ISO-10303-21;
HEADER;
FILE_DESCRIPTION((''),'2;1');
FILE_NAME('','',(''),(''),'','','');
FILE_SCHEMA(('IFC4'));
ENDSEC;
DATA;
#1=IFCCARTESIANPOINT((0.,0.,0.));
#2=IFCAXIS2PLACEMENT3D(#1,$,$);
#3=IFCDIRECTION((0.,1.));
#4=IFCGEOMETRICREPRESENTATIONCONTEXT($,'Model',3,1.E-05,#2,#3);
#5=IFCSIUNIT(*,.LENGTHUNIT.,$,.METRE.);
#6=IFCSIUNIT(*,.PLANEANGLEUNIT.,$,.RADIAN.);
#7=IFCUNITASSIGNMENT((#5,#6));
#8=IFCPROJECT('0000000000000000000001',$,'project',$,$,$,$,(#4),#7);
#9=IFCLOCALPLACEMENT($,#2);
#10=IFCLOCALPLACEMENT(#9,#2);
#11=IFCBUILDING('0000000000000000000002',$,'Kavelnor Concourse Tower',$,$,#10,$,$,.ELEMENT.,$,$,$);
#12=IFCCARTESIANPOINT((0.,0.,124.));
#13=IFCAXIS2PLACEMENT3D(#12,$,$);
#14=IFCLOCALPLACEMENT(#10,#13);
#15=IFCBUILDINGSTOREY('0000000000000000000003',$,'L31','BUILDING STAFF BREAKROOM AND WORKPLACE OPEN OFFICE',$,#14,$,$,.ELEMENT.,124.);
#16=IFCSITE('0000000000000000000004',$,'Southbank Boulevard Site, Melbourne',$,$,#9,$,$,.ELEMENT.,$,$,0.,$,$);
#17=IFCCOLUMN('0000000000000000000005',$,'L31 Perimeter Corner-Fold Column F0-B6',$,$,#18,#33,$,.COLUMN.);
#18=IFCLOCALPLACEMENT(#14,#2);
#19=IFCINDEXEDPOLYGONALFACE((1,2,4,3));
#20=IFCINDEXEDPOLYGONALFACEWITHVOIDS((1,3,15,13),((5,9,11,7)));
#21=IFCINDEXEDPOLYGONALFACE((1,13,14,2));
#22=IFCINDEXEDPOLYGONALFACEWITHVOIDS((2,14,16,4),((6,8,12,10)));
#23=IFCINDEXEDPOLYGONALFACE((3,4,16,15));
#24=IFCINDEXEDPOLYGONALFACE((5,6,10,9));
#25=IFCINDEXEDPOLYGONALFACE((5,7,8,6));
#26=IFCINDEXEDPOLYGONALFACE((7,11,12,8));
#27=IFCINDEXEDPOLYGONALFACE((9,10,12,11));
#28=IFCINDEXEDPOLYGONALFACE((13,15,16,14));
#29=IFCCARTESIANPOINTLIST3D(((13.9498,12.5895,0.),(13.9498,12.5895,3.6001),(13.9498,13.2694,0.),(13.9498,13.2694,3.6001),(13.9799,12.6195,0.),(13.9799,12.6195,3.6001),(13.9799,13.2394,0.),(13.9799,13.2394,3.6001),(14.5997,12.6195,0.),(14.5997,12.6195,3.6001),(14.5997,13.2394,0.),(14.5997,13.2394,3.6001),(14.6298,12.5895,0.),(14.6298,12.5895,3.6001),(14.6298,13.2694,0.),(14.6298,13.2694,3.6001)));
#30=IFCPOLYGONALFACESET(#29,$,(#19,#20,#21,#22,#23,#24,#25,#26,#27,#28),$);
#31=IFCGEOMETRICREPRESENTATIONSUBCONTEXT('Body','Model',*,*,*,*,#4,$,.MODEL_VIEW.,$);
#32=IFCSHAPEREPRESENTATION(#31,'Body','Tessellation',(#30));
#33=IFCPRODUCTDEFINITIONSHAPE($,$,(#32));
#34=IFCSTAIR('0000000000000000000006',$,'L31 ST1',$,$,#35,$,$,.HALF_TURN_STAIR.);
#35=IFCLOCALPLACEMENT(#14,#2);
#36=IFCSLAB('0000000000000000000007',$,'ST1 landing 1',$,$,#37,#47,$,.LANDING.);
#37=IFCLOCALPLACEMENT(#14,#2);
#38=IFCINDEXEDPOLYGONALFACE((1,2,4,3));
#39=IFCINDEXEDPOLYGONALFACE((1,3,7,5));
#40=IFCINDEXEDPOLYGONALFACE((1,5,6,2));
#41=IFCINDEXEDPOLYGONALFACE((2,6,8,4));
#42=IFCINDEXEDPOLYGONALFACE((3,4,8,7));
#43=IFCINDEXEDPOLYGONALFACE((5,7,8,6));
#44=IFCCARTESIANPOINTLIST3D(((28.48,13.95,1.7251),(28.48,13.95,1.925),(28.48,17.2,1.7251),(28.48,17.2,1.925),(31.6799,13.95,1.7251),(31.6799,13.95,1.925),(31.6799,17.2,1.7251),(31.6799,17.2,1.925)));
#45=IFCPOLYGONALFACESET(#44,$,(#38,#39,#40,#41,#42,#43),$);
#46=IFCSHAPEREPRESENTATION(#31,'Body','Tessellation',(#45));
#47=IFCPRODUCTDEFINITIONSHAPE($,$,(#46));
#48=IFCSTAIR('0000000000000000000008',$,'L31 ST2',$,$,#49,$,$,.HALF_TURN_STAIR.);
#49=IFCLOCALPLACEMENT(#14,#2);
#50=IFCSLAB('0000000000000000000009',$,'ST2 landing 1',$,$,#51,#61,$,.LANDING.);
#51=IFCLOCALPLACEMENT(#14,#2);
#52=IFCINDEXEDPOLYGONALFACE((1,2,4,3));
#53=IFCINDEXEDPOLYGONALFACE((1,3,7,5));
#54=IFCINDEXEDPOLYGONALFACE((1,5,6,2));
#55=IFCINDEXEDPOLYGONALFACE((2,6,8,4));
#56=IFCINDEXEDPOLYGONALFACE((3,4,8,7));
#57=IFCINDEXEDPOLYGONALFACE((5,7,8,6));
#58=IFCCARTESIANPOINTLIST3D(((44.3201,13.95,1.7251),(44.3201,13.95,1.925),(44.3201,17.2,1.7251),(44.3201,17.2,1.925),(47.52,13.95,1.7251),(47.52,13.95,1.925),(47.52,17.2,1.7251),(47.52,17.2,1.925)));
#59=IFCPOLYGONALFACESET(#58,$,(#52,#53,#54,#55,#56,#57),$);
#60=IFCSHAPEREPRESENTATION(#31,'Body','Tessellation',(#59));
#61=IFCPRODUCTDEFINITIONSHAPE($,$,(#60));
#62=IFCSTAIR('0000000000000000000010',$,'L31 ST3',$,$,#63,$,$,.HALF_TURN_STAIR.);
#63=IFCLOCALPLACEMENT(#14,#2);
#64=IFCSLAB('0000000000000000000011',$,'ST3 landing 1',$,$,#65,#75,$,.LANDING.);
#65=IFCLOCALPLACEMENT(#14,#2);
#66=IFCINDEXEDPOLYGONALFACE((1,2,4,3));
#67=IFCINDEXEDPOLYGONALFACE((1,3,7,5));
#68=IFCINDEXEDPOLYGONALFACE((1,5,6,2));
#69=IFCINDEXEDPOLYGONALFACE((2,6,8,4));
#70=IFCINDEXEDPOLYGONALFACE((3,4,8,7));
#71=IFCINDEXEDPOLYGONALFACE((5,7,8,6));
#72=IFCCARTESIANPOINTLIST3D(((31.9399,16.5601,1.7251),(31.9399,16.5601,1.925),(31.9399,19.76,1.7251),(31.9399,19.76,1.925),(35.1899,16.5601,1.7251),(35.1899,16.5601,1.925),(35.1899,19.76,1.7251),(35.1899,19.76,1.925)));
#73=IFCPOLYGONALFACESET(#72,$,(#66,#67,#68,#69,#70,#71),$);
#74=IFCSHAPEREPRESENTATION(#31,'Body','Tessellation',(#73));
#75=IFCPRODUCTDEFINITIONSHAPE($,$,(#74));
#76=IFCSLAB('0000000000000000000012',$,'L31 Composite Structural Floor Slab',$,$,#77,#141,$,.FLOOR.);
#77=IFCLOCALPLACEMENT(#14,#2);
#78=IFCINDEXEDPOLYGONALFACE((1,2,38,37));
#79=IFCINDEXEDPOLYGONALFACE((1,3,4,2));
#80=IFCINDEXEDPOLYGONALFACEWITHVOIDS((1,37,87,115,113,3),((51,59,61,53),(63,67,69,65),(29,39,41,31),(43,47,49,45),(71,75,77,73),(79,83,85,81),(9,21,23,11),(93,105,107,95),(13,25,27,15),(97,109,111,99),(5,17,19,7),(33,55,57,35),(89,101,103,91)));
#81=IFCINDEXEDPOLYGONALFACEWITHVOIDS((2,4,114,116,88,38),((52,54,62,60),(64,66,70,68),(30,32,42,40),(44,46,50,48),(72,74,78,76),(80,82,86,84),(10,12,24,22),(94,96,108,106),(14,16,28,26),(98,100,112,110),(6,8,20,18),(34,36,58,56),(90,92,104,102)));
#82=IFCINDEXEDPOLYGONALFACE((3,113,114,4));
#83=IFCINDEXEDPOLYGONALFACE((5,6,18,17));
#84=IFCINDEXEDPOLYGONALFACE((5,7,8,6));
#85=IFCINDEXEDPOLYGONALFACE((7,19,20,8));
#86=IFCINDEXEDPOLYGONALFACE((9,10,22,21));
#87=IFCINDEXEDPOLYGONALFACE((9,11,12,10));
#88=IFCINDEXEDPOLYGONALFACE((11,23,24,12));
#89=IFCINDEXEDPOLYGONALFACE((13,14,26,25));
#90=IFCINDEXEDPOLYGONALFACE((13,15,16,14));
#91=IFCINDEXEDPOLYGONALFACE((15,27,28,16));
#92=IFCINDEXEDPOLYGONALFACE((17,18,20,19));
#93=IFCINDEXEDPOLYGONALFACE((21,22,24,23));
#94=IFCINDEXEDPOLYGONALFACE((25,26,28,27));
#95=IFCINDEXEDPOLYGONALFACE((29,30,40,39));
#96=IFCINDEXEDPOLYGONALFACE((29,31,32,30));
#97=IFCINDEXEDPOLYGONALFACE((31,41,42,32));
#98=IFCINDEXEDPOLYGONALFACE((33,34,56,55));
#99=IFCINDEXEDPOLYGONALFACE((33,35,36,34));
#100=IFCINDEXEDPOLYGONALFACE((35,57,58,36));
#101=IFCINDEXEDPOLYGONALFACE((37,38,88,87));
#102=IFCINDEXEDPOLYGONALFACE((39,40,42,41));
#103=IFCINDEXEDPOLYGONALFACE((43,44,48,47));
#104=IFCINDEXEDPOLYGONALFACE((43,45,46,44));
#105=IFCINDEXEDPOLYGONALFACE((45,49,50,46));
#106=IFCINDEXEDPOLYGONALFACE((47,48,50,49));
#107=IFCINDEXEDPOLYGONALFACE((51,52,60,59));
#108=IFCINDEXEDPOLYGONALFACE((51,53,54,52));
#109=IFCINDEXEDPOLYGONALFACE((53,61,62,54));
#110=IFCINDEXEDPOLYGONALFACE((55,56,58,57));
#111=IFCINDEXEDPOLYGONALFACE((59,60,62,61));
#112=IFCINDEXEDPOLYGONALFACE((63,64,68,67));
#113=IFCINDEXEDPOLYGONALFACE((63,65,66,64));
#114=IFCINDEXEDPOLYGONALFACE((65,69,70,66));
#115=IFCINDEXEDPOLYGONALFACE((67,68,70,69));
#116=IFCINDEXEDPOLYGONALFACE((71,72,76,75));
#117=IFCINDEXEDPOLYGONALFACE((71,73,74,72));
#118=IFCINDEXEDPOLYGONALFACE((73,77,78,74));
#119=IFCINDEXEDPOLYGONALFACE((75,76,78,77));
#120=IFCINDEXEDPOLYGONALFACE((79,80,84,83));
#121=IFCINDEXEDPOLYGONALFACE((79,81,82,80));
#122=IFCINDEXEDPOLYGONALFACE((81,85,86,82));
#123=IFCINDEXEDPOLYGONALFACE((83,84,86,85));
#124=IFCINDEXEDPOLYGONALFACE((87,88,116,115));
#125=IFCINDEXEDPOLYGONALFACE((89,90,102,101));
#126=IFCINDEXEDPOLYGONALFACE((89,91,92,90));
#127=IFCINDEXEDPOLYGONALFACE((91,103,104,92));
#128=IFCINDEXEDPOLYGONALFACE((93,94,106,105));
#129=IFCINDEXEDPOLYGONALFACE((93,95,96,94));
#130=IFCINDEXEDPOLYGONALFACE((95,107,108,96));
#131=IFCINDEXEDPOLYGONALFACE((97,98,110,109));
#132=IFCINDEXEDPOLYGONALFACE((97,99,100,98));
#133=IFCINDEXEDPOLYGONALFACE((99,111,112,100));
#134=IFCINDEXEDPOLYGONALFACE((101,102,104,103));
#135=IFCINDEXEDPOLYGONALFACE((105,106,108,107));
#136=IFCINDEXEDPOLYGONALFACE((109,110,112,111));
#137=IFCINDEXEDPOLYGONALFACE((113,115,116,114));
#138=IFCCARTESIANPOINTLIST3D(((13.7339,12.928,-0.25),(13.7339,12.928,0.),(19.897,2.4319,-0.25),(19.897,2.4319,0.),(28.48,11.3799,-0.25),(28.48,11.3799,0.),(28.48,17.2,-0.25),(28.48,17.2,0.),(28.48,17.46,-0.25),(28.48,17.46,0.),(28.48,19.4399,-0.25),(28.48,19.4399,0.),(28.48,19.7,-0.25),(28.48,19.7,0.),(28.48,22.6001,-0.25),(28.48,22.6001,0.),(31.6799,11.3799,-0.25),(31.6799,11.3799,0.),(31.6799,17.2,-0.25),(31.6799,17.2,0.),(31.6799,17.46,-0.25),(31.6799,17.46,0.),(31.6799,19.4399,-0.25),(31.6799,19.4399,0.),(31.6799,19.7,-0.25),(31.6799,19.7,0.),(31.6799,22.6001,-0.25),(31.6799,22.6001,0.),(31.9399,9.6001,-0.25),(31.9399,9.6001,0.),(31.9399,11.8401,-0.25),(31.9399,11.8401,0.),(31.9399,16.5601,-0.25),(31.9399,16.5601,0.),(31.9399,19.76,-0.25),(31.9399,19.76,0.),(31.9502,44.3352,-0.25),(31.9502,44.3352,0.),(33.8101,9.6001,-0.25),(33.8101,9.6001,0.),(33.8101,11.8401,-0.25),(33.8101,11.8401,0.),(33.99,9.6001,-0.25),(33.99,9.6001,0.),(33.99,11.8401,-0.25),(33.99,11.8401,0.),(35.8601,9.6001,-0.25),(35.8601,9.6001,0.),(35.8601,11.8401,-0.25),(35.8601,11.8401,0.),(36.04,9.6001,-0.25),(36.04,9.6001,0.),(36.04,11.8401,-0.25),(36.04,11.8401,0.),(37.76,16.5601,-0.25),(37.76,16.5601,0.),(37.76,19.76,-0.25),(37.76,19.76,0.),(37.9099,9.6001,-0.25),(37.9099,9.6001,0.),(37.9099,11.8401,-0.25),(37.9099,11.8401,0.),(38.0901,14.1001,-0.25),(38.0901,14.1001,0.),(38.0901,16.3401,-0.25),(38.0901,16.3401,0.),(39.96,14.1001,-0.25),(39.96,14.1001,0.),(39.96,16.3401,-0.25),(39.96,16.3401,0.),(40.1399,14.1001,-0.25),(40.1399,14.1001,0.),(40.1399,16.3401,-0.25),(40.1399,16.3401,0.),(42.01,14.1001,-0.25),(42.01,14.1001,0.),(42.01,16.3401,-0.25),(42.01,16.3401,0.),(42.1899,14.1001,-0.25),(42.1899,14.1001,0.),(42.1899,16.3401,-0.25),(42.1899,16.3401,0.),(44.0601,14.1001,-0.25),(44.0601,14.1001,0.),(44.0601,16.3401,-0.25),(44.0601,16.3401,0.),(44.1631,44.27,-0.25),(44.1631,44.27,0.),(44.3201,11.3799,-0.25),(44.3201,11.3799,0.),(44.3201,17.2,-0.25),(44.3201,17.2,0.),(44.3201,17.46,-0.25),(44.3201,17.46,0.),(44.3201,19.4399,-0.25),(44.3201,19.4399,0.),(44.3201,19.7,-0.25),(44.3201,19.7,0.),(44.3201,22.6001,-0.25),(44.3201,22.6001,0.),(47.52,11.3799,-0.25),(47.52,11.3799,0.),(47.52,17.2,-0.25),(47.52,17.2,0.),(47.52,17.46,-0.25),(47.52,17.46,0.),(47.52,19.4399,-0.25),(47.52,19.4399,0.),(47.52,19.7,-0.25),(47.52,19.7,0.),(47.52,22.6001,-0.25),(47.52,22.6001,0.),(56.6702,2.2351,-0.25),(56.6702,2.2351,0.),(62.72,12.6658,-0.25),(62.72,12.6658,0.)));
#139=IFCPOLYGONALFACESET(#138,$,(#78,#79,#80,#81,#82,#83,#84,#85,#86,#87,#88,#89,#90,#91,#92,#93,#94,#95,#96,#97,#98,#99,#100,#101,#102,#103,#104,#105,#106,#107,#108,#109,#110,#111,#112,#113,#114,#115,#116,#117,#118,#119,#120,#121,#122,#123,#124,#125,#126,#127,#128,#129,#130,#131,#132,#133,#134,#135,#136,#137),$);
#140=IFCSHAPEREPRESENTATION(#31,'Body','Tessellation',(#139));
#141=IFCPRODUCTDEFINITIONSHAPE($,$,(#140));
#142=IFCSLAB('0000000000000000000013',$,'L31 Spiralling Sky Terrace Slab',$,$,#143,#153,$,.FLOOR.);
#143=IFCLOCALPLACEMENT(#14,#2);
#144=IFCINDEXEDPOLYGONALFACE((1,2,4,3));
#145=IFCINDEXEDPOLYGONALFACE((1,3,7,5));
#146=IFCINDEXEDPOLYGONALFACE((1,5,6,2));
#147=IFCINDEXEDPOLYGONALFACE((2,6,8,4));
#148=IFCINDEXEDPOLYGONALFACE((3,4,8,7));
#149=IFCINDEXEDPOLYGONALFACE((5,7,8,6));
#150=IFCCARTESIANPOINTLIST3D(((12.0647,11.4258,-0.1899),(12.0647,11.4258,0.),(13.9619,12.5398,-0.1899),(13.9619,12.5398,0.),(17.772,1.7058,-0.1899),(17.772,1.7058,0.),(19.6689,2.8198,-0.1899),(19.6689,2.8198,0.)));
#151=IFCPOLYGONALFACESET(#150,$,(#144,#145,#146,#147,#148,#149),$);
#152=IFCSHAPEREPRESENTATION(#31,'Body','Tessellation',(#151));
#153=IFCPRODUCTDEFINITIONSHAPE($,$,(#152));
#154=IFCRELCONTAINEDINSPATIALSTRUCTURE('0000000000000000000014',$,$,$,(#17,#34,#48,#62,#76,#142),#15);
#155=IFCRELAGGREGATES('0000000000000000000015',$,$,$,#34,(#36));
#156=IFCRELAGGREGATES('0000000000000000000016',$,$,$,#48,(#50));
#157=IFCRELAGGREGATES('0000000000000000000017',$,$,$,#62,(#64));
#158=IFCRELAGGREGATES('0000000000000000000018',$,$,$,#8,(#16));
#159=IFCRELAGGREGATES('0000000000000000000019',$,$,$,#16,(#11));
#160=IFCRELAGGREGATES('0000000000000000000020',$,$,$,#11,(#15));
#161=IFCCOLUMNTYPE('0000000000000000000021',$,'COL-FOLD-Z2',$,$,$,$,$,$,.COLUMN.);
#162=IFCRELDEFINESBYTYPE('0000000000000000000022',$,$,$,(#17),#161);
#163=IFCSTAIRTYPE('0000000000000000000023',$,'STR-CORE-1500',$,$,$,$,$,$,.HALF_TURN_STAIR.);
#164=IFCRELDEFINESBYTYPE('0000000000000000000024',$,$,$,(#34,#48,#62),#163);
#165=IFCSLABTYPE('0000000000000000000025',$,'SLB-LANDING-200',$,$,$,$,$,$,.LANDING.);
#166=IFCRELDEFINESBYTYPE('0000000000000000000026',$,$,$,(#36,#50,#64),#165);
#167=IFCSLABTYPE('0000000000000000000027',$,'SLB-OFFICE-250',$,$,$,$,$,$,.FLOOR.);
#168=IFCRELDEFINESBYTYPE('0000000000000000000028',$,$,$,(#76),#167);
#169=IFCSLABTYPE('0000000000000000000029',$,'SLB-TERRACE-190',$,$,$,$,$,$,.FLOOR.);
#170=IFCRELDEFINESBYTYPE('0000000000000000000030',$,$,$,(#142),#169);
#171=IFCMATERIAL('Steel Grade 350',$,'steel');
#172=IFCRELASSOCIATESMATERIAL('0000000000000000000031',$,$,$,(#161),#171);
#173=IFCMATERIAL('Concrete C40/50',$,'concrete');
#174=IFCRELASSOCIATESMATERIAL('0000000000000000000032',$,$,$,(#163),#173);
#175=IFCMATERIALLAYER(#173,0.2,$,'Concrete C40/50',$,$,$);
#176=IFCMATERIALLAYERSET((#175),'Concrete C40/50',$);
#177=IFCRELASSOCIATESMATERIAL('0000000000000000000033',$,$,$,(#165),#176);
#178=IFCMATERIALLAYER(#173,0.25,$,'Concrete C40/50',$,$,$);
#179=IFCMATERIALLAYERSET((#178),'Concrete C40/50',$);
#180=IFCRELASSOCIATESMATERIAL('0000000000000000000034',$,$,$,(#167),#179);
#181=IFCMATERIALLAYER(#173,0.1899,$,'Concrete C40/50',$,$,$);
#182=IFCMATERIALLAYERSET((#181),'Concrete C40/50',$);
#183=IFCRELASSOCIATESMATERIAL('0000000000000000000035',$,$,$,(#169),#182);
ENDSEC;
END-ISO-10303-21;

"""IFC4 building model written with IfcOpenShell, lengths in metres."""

from ifc_helpers import new_model, si_unit, direction, frame, origin, origin_2d, place, context, subcontext, project, spatial, polyline, hollow_rectangle, outline, extrude, material, layer, layer_set, material_profile, profile_set, type_object, element, aggregate, save


model = new_model("IFC4")

# Units and contexts
model_context = context("Model", 3, precision=1e-05, world=origin(), true_north=direction((0.0, 1.0)))
body_context = subcontext(model_context, "Body", "Model", "MODEL_VIEW")
ifc_project = project(units=[si_unit("LENGTHUNIT", "METRE"), si_unit("PLANEANGLEUNIT", "RADIAN")], contexts=[model_context])

# Site, building, storey
site_placement = place(None, origin())
site = spatial("IfcSite", under=ifc_project, at=site_placement, Name="Southbank Boulevard Site, Melbourne", CompositionType="ELEMENT", RefElevation=0.0)
building_placement = place(site_placement, origin())
building = spatial("IfcBuilding", under=site, at=building_placement, Name="Kavelnor Concourse Tower", CompositionType="ELEMENT")
storey_placement = place(building_placement, frame((0.0, 0.0, 124.0)))
storey = spatial("IfcBuildingStorey", under=building, at=storey_placement, Name="L31", Description="BUILDING STAFF BREAKROOM AND WORKPLACE OPEN OFFICE", CompositionType="ELEMENT", Elevation=124.0)

# Column
ifc_material_1 = material(Name="Steel Grade 350", Category="steel")
ifc_material_profile = material_profile(ifc_material_1, hollow_rectangle(XDim=0.6799, YDim=0.6799, WallThickness=0.03, at=origin_2d()), Name="SHS 680x680x30")
ifc_profile_set = profile_set([ifc_material_profile], Name="Steel Grade 350")
column_type = type_object("IfcColumnType", Name="COL-FOLD-Z2", PredefinedType="COLUMN", material=ifc_profile_set)
column_placement = place(storey_placement, frame((14.2898, 12.9294, 0.0), z_axis=(0.0, 0.0, 1.0), x_axis=(1.0, 0.0, 0.0)))
element("IfcColumn", 1, at=column_placement, inside=storey, type_object=column_type, Name="L31 Perimeter Corner-Fold Column F0-B6", PredefinedType="COLUMN", context=body_context, shape_type="SweptSolid", body=[
    extrude(hollow_rectangle(XDim=0.6799, YDim=0.6799, WallThickness=0.03, at=origin_2d()), origin(), (0.0, 0.0, 1.0), 3.6001),
])

# Stairs, slabs
ifc_material_2 = material(Name="Concrete C40/50", Category="concrete")
stair_type = type_object("IfcStairType", Name="STR-CORE-1500", PredefinedType="HALF_TURN_STAIR", material=ifc_material_2)
stair_1_placement = place(storey_placement, origin())
stair_1 = element("IfcStair", 2, at=stair_1_placement, inside=storey, type_object=stair_type, Name="L31 ST1", PredefinedType="HALF_TURN_STAIR")
ifc_layer_1 = layer(ifc_material_2, 0.2, Name="Concrete C40/50")
ifc_layer_set_1 = layer_set([ifc_layer_1], Name="Concrete C40/50")
slab_type_1 = type_object("IfcSlabType", Name="SLB-LANDING-200", PredefinedType="LANDING", material=ifc_layer_set_1)
slab_1_placement = place(storey_placement, frame((0.0, 0.0, 1.7251)))
slab_1 = element("IfcSlab", 3, at=slab_1_placement, type_object=slab_type_1, Name="ST1 landing 1", PredefinedType="LANDING", context=body_context, shape_type="SweptSolid", body=[
    extrude(outline(polyline([(31.6799, 13.95), (31.6799, 17.2), (28.48, 17.2), (28.48, 13.95), (31.6799, 13.95)])), origin(), (0.0, 0.0, 1.0), 0.2),
])
aggregate(stair_1, [slab_1])
stair_2_placement = place(storey_placement, origin())
stair_2 = element("IfcStair", 4, at=stair_2_placement, inside=storey, type_object=stair_type, Name="L31 ST2", PredefinedType="HALF_TURN_STAIR")
slab_2_placement = place(storey_placement, frame((0.0, 0.0, 1.7251)))
slab_2 = element("IfcSlab", 5, at=slab_2_placement, type_object=slab_type_1, Name="ST2 landing 1", PredefinedType="LANDING", context=body_context, shape_type="SweptSolid", body=[
    extrude(outline(polyline([(47.52, 13.95), (47.52, 17.2), (44.3201, 17.2), (44.3201, 13.95), (47.52, 13.95)])), origin(), (0.0, 0.0, 1.0), 0.2),
])
aggregate(stair_2, [slab_2])
stair_3_placement = place(storey_placement, origin())
stair_3 = element("IfcStair", 6, at=stair_3_placement, inside=storey, type_object=stair_type, Name="L31 ST3", PredefinedType="HALF_TURN_STAIR")
slab_3_placement = place(storey_placement, frame((0.0, 0.0, 1.7251)))
slab_3 = element("IfcSlab", 7, at=slab_3_placement, type_object=slab_type_1, Name="ST3 landing 1", PredefinedType="LANDING", context=body_context, shape_type="SweptSolid", body=[
    extrude(outline(polyline([(35.1899, 19.76), (31.9399, 19.76), (31.9399, 16.5601), (35.1899, 16.5601), (35.1899, 19.76)])), origin(), (0.0, 0.0, 1.0), 0.2),
])
aggregate(stair_3, [slab_3])

# Slabs
ifc_layer_2 = layer(ifc_material_2, 0.25, Name="Concrete C40/50")
ifc_layer_set_2 = layer_set([ifc_layer_2], Name="Concrete C40/50")
slab_type_2 = type_object("IfcSlabType", Name="SLB-OFFICE-250", PredefinedType="FLOOR", material=ifc_layer_set_2)
slab_4_placement = place(storey_placement, frame((0.0, 0.0, -0.25)))
element("IfcSlab", 8, at=slab_4_placement, inside=storey, type_object=slab_type_2, Name="L31 Composite Structural Floor Slab", PredefinedType="FLOOR", context=body_context, shape_type="SweptSolid", body=[
    extrude(outline(polyline([(44.1631, 44.27), (31.9502, 44.3352), (13.7339, 12.928), (19.897, 2.4319), (56.6702, 2.2351), (62.72, 12.6658), (44.1631, 44.27)]), holes=[polyline([(28.48, 11.3799), (31.6799, 11.3799), (31.6799, 17.2), (28.48, 17.2), (28.48, 11.3799)]), polyline([(44.3201, 11.3799), (47.52, 11.3799), (47.52, 17.2), (44.3201, 17.2), (44.3201, 11.3799)]), polyline([(31.9399, 16.5601), (37.76, 16.5601), (37.76, 19.76), (31.9399, 19.76), (31.9399, 16.5601)]), polyline([(28.48, 19.7), (31.6799, 19.7), (31.6799, 22.6001), (28.48, 22.6001), (28.48, 19.7)]), polyline([(44.3201, 19.7), (47.52, 19.7), (47.52, 22.6001), (44.3201, 22.6001), (44.3201, 19.7)]), polyline([(38.0901, 14.1001), (39.96, 14.1001), (39.96, 16.3401), (38.0901, 16.3401), (38.0901, 14.1001)]), polyline([(40.1399, 14.1001), (42.01, 14.1001), (42.01, 16.3401), (40.1399, 16.3401), (40.1399, 14.1001)]), polyline([(42.1899, 14.1001), (44.0601, 14.1001), (44.0601, 16.3401), (42.1899, 16.3401), (42.1899, 14.1001)]), polyline([(31.9399, 9.6001), (33.8101, 9.6001), (33.8101, 11.8401), (31.9399, 11.8401), (31.9399, 9.6001)]), polyline([(33.99, 9.6001), (35.8601, 9.6001), (35.8601, 11.8401), (33.99, 11.8401), (33.99, 9.6001)]), polyline([(36.04, 9.6001), (37.9099, 9.6001), (37.9099, 11.8401), (36.04, 11.8401), (36.04, 9.6001)]), polyline([(28.48, 17.46), (31.6799, 17.46), (31.6799, 19.4399), (28.48, 19.4399), (28.48, 17.46)]), polyline([(44.3201, 17.46), (47.52, 17.46), (47.52, 19.4399), (44.3201, 19.4399), (44.3201, 17.46)])]), origin(), (0.0, 0.0, 1.0), 0.25),
])
ifc_layer_3 = layer(ifc_material_2, 0.1899, Name="Concrete C40/50")
ifc_layer_set_3 = layer_set([ifc_layer_3], Name="Concrete C40/50")
slab_type_3 = type_object("IfcSlabType", Name="SLB-TERRACE-190", PredefinedType="FLOOR", material=ifc_layer_set_3)
slab_5_placement = place(storey_placement, frame((0.0, 0.0, -0.1899)))
element("IfcSlab", 9, at=slab_5_placement, inside=storey, type_object=slab_type_3, Name="L31 Spiralling Sky Terrace Slab", PredefinedType="FLOOR", context=body_context, shape_type="SweptSolid", body=[
    extrude(outline(polyline([(17.772, 1.7058), (12.0647, 11.4258), (13.9619, 12.5398), (19.6689, 2.8198), (17.772, 1.7058)])), origin(), (0.0, 0.0, 1.0), 0.1899),
])

save(model, "model.ifc")
